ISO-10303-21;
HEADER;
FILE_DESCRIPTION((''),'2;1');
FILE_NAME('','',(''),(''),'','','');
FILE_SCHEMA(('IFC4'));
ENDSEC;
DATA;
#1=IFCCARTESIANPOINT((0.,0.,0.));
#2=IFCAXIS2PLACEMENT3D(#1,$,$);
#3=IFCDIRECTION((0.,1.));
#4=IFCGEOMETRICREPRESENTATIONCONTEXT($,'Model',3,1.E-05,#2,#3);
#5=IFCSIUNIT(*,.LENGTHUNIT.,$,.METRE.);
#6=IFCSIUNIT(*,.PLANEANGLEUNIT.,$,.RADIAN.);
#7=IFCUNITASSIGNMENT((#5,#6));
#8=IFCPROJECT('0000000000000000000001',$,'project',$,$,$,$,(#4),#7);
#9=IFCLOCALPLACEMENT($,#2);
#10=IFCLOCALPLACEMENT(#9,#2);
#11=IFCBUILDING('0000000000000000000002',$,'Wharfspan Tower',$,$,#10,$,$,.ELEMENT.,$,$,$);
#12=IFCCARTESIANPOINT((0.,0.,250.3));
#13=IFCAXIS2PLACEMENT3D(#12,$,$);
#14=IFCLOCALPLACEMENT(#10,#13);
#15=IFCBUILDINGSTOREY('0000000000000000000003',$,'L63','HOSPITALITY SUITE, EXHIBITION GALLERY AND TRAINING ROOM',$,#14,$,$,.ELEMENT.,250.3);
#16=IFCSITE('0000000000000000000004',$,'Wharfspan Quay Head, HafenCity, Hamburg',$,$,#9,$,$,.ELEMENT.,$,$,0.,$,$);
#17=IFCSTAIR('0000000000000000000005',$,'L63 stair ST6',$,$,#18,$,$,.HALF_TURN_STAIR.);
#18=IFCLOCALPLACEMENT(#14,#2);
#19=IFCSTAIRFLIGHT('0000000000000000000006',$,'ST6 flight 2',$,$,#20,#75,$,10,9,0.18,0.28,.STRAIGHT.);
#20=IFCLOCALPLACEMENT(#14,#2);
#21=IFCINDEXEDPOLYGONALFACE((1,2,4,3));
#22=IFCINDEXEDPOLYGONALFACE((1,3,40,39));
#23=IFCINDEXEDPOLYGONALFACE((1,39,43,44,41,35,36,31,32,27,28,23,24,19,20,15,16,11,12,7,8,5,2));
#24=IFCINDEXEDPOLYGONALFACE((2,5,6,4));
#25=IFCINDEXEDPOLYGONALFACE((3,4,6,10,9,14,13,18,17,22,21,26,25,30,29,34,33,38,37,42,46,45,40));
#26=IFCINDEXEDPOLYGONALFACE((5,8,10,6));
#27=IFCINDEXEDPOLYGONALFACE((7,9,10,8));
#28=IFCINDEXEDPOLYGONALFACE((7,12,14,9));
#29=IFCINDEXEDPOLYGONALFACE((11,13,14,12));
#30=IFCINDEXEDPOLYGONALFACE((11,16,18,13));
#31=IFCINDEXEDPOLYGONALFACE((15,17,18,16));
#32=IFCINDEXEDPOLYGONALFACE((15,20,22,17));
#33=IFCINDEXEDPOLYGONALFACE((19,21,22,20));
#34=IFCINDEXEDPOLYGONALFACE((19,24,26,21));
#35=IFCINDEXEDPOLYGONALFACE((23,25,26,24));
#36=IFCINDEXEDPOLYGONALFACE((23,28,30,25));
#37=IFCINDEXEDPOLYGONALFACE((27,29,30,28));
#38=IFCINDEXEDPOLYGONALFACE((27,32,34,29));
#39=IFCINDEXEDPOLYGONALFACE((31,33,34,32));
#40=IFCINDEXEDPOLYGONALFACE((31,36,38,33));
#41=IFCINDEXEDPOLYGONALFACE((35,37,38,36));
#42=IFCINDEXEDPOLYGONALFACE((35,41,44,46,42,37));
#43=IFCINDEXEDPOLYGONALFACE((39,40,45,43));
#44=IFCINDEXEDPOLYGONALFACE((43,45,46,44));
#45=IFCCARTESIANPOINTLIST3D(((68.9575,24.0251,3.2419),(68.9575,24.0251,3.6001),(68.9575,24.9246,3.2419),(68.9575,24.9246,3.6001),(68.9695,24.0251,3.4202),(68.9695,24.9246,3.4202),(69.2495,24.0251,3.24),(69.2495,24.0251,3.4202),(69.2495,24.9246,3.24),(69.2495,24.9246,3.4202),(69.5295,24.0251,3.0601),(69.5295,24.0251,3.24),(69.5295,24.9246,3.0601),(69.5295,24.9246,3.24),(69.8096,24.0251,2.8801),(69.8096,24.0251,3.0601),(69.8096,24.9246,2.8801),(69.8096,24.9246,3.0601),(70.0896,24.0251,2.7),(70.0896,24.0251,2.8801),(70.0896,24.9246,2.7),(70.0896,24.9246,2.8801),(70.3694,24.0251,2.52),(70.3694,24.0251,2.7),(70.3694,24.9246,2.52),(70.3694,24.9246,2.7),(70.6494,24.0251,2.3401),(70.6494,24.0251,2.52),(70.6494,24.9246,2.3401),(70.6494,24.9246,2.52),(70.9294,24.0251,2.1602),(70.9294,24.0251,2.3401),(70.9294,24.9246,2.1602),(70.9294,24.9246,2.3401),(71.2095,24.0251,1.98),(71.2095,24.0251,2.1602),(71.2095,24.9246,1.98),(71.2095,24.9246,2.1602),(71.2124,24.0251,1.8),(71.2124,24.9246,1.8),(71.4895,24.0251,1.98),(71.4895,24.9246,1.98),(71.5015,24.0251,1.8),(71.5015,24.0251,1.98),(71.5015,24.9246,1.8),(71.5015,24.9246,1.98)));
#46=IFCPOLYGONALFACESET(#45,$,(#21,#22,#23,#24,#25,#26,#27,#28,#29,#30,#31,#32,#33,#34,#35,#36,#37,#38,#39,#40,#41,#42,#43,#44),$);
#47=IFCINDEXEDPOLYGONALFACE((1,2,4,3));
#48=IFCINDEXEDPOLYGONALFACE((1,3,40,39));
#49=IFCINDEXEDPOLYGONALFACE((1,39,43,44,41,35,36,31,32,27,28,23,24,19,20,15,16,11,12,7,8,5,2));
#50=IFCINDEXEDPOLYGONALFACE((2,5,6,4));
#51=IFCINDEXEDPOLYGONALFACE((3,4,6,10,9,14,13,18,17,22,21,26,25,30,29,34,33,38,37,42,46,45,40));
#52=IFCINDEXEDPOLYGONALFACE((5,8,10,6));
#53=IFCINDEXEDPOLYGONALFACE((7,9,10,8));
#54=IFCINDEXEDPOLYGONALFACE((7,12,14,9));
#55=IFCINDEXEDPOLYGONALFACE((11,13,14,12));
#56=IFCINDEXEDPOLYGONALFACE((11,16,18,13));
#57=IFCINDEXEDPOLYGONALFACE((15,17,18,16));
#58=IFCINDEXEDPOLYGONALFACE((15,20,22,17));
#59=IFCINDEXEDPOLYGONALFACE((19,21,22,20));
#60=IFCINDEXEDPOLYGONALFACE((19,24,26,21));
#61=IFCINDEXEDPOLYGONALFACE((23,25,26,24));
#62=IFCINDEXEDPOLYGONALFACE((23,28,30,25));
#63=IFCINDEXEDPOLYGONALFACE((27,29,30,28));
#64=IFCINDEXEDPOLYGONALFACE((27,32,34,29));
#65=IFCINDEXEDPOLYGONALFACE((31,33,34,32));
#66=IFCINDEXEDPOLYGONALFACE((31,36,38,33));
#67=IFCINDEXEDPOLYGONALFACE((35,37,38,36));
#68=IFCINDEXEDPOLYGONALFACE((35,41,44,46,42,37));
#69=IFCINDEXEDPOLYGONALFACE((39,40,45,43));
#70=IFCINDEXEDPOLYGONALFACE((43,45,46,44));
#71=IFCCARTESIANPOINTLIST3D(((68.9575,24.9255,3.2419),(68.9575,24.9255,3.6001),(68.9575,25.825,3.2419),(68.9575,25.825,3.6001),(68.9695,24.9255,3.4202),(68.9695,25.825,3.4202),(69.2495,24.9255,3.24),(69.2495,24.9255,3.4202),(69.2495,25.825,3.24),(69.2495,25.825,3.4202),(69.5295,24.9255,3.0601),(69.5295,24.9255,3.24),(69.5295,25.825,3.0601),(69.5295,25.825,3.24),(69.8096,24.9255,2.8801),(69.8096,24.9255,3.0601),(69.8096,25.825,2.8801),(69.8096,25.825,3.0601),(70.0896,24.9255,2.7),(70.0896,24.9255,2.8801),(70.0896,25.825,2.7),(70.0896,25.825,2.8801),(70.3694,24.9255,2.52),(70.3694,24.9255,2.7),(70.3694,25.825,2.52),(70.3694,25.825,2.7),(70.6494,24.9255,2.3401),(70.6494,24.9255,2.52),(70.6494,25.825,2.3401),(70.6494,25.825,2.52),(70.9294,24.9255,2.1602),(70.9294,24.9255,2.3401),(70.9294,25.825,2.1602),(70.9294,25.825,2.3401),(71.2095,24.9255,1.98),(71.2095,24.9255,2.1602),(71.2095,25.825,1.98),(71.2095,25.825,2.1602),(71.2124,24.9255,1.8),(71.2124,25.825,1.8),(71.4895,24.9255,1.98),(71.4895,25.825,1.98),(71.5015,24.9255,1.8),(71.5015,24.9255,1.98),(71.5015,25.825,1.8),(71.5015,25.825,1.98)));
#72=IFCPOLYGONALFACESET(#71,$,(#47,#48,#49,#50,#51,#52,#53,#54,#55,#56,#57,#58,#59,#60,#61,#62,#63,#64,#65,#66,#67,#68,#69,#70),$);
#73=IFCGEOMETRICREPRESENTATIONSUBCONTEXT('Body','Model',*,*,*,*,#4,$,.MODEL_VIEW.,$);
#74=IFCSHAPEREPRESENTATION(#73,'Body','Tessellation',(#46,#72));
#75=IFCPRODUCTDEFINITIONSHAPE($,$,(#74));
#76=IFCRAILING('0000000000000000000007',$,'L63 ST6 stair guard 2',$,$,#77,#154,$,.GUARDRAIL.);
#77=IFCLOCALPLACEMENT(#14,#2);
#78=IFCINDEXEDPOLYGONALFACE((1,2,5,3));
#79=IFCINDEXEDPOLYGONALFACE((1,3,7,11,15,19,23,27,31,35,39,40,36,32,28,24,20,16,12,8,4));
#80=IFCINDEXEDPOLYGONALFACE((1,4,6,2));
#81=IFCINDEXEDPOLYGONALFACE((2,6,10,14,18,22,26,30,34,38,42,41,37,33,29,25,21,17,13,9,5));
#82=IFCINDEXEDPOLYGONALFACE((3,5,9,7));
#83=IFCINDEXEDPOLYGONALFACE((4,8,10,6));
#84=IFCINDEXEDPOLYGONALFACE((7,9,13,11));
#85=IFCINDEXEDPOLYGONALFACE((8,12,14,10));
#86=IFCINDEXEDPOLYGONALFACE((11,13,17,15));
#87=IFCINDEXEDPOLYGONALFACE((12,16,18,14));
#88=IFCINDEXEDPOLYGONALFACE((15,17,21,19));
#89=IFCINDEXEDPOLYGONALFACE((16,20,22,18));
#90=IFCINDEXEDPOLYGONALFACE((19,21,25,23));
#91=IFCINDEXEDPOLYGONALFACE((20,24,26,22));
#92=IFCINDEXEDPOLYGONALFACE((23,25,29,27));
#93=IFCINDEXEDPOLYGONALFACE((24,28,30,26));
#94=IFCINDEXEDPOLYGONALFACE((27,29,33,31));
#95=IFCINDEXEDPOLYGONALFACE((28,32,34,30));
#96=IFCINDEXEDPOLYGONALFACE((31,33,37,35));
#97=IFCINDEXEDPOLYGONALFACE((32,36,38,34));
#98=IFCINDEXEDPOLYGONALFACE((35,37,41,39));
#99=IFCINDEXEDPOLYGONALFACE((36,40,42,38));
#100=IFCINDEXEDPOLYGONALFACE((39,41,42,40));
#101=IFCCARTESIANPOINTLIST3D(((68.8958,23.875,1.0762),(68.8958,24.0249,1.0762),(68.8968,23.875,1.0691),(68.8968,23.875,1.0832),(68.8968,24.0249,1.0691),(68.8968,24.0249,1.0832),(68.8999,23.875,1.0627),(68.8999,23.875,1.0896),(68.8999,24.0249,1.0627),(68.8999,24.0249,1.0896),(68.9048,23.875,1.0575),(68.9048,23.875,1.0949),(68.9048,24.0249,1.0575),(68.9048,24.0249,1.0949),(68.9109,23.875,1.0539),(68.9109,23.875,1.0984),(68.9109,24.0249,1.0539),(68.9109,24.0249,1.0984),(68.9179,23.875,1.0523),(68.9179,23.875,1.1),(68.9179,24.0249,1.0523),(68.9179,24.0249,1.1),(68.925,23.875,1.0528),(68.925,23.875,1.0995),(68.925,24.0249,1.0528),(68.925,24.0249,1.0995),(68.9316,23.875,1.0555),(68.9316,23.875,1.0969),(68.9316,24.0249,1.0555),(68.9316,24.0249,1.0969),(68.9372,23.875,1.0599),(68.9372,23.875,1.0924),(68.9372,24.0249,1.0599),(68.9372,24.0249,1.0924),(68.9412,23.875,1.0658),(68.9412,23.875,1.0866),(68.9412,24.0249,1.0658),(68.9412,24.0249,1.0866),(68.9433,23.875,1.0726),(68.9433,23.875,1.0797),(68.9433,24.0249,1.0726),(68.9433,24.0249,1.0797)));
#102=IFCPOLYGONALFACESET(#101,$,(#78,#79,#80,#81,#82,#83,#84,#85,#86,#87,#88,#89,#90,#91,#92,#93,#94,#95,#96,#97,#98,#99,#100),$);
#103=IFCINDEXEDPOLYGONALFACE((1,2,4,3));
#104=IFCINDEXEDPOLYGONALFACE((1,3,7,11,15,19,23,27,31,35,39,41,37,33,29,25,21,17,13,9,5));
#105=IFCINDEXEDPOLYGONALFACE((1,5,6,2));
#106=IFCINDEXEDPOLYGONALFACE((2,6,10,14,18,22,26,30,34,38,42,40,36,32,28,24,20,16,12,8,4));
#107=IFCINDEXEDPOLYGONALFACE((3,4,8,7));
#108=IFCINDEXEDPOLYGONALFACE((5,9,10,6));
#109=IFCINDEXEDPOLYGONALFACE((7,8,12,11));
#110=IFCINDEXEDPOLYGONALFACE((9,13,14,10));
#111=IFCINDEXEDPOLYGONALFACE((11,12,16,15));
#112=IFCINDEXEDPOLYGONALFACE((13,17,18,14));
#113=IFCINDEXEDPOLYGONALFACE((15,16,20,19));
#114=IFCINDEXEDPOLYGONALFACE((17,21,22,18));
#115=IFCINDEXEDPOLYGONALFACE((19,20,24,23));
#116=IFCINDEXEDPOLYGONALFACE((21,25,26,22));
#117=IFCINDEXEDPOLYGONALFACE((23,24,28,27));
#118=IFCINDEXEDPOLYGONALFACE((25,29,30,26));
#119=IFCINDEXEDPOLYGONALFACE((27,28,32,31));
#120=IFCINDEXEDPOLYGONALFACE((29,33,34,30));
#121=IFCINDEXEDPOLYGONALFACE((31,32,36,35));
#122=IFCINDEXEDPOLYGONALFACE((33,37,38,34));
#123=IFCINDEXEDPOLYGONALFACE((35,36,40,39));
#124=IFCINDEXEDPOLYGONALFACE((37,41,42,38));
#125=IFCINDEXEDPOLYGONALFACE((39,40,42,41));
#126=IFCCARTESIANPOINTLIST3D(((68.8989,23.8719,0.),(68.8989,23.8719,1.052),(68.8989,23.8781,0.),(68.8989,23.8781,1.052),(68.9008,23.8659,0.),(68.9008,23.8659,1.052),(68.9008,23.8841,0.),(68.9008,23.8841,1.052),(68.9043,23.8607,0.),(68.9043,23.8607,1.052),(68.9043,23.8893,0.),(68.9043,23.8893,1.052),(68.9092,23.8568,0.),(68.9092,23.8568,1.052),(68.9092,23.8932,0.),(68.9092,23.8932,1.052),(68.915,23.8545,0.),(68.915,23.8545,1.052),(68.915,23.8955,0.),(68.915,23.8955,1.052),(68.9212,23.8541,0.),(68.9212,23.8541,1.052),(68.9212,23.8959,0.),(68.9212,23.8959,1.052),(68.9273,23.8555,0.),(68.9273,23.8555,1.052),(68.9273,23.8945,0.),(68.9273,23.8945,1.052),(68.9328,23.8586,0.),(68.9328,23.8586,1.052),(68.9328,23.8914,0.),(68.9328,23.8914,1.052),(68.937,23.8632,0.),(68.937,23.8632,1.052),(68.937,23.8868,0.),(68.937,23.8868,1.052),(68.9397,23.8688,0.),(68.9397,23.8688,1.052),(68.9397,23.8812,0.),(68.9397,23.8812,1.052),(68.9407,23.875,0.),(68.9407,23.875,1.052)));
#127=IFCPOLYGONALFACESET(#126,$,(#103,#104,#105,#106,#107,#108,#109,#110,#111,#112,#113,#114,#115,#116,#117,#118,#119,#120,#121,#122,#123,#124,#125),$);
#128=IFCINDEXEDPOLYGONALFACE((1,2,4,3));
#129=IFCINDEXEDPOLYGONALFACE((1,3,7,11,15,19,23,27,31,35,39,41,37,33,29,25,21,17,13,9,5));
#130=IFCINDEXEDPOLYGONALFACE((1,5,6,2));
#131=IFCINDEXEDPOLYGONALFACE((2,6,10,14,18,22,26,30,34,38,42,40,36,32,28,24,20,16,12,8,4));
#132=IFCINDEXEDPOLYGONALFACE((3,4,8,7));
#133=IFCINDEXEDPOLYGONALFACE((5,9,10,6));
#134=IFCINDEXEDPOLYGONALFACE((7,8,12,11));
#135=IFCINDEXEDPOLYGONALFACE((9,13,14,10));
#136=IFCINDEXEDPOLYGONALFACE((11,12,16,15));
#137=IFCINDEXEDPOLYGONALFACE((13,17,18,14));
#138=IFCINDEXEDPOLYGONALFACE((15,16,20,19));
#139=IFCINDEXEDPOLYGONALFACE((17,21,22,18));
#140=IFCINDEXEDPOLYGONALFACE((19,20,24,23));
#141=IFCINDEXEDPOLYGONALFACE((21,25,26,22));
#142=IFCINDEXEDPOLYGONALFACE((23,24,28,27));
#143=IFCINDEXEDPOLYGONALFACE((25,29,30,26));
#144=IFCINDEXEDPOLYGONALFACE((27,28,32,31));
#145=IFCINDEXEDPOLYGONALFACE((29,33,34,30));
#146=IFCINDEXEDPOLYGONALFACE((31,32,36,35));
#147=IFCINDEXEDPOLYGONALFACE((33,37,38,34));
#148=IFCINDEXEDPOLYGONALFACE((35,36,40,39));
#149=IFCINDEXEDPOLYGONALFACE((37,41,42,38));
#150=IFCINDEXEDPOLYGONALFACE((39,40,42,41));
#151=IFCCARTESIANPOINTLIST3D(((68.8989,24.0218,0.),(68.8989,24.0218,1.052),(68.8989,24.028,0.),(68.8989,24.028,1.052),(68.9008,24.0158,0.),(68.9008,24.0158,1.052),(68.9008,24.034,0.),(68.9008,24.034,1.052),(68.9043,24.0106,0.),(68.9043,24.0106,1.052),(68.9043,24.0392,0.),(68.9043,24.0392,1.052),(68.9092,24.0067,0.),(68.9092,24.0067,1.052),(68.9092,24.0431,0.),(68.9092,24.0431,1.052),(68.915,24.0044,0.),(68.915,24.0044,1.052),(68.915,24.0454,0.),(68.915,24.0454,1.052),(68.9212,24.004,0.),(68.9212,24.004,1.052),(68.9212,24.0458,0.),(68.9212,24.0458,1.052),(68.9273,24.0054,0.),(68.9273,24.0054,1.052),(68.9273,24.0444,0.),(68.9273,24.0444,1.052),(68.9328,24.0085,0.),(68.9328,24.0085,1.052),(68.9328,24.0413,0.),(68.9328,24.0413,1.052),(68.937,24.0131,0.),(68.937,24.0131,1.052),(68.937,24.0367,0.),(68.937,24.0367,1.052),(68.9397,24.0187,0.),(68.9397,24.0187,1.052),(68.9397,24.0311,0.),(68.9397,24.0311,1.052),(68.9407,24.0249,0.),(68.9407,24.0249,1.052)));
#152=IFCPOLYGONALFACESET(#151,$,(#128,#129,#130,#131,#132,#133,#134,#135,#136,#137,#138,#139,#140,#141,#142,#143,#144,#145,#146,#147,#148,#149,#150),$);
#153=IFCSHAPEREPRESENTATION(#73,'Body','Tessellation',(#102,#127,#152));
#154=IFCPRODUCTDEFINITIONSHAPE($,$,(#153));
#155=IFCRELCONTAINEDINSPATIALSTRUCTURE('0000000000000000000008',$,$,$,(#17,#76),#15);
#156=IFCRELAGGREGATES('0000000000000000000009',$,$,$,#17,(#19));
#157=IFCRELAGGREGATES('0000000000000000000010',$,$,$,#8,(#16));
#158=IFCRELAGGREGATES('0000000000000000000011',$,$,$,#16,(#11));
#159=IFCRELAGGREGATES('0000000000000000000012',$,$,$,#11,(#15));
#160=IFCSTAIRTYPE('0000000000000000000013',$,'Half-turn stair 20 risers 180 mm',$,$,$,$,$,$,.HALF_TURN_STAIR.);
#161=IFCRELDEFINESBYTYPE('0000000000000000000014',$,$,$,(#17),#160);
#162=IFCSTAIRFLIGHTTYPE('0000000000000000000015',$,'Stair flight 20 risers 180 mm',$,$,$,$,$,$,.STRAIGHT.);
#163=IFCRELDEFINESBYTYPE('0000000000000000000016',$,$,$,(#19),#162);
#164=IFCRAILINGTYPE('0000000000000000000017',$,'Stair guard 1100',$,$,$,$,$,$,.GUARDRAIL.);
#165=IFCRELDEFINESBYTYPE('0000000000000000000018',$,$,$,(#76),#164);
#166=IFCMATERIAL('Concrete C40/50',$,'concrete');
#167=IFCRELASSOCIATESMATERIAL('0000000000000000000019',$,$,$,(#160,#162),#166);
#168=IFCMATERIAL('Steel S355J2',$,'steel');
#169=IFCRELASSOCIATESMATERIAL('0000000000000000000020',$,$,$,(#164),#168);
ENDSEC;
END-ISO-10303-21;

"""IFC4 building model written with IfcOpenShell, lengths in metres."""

from ifc_helpers import new_model, si_unit, direction, frame, origin, origin_2d, place, context, subcontext, project, spatial, polyline, circle, outline, extrude, material, type_object, element, aggregate, save


model = new_model("IFC4")

# Units and contexts
model_context = context("Model", 3, precision=1e-05, world=origin(), true_north=direction((0.0, 1.0)))
body_context = subcontext(model_context, "Body", "Model", "MODEL_VIEW")
ifc_project = project(units=[si_unit("LENGTHUNIT", "METRE"), si_unit("PLANEANGLEUNIT", "RADIAN")], contexts=[model_context])

# Site, building, storey
site_placement = place(None, origin())
site = spatial("IfcSite", under=ifc_project, at=site_placement, Name="Wharfspan Quay Head, HafenCity, Hamburg", CompositionType="ELEMENT", RefElevation=0.0)
building_placement = place(site_placement, origin())
building = spatial("IfcBuilding", under=site, at=building_placement, Name="Wharfspan Tower", CompositionType="ELEMENT")
storey_placement = place(building_placement, frame((0.0, 0.0, 250.3)))
storey = spatial("IfcBuildingStorey", under=building, at=storey_placement, Name="L63", Description="HOSPITALITY SUITE, EXHIBITION GALLERY AND TRAINING ROOM", CompositionType="ELEMENT", Elevation=250.3)

# Shared definitions
ifc_material_1 = material(Name="Steel S355J2", Category="steel")

# Shared definitions
ifc_material_2 = material(Name="Concrete C40/50", Category="concrete")

# Stair, stair flight
stair_type = type_object("IfcStairType", Name="Half-turn stair 20 risers 180 mm", PredefinedType="HALF_TURN_STAIR", material=ifc_material_2)
stair_placement = place(storey_placement, origin())
stair = element("IfcStair", 1, at=stair_placement, inside=storey, type_object=stair_type, Name="L63 stair ST6", PredefinedType="HALF_TURN_STAIR")
stair_flight_type = type_object("IfcStairFlightType", Name="Stair flight 20 risers 180 mm", PredefinedType="STRAIGHT", material=ifc_material_2)
stair_flight_1_placement = place(storey_placement, frame((71.4895, 24.925, 1.8), z_axis=(0.0, 0.0, 1.0), x_axis=(-1.0, 0.0, 0.0)))
stair_flight_1 = element("IfcStairFlight", 2, at=stair_flight_1_placement, type_object=stair_flight_type, Name="ST6 flight 2", NumberOfRisers=10, NumberOfTreads=9, PredefinedType="STRAIGHT", RiserHeight=0.18, TreadLength=0.28, context=body_context, shape_type="SweptSolid", body=[
    extrude(outline(polyline([(-0.012, 0.0), (-0.012, 0.1799), (0.0, 0.1799), (0.28, 0.1799), (0.28, 0.3601), (0.5601, 0.3601), (0.5601, 0.54), (0.8401, 0.54), (0.8401, 0.72), (1.1201, 0.72), (1.1201, 0.8999), (1.3999, 0.8999), (1.3999, 1.0801), (1.6799, 1.0801), (1.6799, 1.26), (1.96, 1.26), (1.96, 1.4399), (2.24, 1.4399), (2.24, 1.6201), (2.52, 1.6201), (2.532, 1.8), (2.532, 1.4419), (0.2771, 0.0), (-0.012, 0.0)])), frame((0.0, 0.8999, 0.0), z_axis=(0.0, -1.0, 0.0), x_axis=(1.0, 0.0, 0.0)), (0.0, 0.0, 1.0), 0.8994),
    extrude(outline(polyline([(-0.012, 0.0), (-0.012, 0.1799), (0.0, 0.1799), (0.28, 0.1799), (0.28, 0.3601), (0.5601, 0.3601), (0.5601, 0.54), (0.8401, 0.54), (0.8401, 0.72), (1.1201, 0.72), (1.1201, 0.8999), (1.3999, 0.8999), (1.3999, 1.0801), (1.6799, 1.0801), (1.6799, 1.26), (1.96, 1.26), (1.96, 1.4399), (2.24, 1.4399), (2.24, 1.6201), (2.52, 1.6201), (2.532, 1.8), (2.532, 1.4419), (0.2771, 0.0), (-0.012, 0.0)])), frame((0.0, -0.0005, 0.0), z_axis=(0.0, -1.0, 0.0), x_axis=(1.0, 0.0, 0.0)), (0.0, 0.0, 1.0), 0.8994),
])
aggregate(stair, [stair_flight_1])

# Railing
railing_type_1 = type_object("IfcRailingType", Name="Stair guard 1100", PredefinedType="GUARDRAIL", material=ifc_material_1)
railing_1_placement = place(storey_placement, frame((68.9197, 23.875, 0.0)))
element("IfcRailing", 3, at=railing_1_placement, inside=storey, type_object=railing_type_1, Name="L63 ST6 stair guard 2", PredefinedType="GUARDRAIL", context=body_context, shape_type="SweptSolid", body=[
    extrude(circle(Radius=0.0239, at=origin_2d()), frame((0.0, 0.0, 1.0762), z_axis=(0.0, 1.0, 0.0), x_axis=(-1.0, 0.0, 0.0)), (0.0, 0.0, 1.0), 0.1499),
    extrude(circle(Radius=0.021, at=origin_2d()), origin(), (0.0, 0.0, 1.0), 1.052),
    extrude(circle(Radius=0.021, at=origin_2d()), frame((0.0, 0.1499, 0.0)), (0.0, 0.0, 1.0), 1.052),
])

save(model, "model.ifc")
